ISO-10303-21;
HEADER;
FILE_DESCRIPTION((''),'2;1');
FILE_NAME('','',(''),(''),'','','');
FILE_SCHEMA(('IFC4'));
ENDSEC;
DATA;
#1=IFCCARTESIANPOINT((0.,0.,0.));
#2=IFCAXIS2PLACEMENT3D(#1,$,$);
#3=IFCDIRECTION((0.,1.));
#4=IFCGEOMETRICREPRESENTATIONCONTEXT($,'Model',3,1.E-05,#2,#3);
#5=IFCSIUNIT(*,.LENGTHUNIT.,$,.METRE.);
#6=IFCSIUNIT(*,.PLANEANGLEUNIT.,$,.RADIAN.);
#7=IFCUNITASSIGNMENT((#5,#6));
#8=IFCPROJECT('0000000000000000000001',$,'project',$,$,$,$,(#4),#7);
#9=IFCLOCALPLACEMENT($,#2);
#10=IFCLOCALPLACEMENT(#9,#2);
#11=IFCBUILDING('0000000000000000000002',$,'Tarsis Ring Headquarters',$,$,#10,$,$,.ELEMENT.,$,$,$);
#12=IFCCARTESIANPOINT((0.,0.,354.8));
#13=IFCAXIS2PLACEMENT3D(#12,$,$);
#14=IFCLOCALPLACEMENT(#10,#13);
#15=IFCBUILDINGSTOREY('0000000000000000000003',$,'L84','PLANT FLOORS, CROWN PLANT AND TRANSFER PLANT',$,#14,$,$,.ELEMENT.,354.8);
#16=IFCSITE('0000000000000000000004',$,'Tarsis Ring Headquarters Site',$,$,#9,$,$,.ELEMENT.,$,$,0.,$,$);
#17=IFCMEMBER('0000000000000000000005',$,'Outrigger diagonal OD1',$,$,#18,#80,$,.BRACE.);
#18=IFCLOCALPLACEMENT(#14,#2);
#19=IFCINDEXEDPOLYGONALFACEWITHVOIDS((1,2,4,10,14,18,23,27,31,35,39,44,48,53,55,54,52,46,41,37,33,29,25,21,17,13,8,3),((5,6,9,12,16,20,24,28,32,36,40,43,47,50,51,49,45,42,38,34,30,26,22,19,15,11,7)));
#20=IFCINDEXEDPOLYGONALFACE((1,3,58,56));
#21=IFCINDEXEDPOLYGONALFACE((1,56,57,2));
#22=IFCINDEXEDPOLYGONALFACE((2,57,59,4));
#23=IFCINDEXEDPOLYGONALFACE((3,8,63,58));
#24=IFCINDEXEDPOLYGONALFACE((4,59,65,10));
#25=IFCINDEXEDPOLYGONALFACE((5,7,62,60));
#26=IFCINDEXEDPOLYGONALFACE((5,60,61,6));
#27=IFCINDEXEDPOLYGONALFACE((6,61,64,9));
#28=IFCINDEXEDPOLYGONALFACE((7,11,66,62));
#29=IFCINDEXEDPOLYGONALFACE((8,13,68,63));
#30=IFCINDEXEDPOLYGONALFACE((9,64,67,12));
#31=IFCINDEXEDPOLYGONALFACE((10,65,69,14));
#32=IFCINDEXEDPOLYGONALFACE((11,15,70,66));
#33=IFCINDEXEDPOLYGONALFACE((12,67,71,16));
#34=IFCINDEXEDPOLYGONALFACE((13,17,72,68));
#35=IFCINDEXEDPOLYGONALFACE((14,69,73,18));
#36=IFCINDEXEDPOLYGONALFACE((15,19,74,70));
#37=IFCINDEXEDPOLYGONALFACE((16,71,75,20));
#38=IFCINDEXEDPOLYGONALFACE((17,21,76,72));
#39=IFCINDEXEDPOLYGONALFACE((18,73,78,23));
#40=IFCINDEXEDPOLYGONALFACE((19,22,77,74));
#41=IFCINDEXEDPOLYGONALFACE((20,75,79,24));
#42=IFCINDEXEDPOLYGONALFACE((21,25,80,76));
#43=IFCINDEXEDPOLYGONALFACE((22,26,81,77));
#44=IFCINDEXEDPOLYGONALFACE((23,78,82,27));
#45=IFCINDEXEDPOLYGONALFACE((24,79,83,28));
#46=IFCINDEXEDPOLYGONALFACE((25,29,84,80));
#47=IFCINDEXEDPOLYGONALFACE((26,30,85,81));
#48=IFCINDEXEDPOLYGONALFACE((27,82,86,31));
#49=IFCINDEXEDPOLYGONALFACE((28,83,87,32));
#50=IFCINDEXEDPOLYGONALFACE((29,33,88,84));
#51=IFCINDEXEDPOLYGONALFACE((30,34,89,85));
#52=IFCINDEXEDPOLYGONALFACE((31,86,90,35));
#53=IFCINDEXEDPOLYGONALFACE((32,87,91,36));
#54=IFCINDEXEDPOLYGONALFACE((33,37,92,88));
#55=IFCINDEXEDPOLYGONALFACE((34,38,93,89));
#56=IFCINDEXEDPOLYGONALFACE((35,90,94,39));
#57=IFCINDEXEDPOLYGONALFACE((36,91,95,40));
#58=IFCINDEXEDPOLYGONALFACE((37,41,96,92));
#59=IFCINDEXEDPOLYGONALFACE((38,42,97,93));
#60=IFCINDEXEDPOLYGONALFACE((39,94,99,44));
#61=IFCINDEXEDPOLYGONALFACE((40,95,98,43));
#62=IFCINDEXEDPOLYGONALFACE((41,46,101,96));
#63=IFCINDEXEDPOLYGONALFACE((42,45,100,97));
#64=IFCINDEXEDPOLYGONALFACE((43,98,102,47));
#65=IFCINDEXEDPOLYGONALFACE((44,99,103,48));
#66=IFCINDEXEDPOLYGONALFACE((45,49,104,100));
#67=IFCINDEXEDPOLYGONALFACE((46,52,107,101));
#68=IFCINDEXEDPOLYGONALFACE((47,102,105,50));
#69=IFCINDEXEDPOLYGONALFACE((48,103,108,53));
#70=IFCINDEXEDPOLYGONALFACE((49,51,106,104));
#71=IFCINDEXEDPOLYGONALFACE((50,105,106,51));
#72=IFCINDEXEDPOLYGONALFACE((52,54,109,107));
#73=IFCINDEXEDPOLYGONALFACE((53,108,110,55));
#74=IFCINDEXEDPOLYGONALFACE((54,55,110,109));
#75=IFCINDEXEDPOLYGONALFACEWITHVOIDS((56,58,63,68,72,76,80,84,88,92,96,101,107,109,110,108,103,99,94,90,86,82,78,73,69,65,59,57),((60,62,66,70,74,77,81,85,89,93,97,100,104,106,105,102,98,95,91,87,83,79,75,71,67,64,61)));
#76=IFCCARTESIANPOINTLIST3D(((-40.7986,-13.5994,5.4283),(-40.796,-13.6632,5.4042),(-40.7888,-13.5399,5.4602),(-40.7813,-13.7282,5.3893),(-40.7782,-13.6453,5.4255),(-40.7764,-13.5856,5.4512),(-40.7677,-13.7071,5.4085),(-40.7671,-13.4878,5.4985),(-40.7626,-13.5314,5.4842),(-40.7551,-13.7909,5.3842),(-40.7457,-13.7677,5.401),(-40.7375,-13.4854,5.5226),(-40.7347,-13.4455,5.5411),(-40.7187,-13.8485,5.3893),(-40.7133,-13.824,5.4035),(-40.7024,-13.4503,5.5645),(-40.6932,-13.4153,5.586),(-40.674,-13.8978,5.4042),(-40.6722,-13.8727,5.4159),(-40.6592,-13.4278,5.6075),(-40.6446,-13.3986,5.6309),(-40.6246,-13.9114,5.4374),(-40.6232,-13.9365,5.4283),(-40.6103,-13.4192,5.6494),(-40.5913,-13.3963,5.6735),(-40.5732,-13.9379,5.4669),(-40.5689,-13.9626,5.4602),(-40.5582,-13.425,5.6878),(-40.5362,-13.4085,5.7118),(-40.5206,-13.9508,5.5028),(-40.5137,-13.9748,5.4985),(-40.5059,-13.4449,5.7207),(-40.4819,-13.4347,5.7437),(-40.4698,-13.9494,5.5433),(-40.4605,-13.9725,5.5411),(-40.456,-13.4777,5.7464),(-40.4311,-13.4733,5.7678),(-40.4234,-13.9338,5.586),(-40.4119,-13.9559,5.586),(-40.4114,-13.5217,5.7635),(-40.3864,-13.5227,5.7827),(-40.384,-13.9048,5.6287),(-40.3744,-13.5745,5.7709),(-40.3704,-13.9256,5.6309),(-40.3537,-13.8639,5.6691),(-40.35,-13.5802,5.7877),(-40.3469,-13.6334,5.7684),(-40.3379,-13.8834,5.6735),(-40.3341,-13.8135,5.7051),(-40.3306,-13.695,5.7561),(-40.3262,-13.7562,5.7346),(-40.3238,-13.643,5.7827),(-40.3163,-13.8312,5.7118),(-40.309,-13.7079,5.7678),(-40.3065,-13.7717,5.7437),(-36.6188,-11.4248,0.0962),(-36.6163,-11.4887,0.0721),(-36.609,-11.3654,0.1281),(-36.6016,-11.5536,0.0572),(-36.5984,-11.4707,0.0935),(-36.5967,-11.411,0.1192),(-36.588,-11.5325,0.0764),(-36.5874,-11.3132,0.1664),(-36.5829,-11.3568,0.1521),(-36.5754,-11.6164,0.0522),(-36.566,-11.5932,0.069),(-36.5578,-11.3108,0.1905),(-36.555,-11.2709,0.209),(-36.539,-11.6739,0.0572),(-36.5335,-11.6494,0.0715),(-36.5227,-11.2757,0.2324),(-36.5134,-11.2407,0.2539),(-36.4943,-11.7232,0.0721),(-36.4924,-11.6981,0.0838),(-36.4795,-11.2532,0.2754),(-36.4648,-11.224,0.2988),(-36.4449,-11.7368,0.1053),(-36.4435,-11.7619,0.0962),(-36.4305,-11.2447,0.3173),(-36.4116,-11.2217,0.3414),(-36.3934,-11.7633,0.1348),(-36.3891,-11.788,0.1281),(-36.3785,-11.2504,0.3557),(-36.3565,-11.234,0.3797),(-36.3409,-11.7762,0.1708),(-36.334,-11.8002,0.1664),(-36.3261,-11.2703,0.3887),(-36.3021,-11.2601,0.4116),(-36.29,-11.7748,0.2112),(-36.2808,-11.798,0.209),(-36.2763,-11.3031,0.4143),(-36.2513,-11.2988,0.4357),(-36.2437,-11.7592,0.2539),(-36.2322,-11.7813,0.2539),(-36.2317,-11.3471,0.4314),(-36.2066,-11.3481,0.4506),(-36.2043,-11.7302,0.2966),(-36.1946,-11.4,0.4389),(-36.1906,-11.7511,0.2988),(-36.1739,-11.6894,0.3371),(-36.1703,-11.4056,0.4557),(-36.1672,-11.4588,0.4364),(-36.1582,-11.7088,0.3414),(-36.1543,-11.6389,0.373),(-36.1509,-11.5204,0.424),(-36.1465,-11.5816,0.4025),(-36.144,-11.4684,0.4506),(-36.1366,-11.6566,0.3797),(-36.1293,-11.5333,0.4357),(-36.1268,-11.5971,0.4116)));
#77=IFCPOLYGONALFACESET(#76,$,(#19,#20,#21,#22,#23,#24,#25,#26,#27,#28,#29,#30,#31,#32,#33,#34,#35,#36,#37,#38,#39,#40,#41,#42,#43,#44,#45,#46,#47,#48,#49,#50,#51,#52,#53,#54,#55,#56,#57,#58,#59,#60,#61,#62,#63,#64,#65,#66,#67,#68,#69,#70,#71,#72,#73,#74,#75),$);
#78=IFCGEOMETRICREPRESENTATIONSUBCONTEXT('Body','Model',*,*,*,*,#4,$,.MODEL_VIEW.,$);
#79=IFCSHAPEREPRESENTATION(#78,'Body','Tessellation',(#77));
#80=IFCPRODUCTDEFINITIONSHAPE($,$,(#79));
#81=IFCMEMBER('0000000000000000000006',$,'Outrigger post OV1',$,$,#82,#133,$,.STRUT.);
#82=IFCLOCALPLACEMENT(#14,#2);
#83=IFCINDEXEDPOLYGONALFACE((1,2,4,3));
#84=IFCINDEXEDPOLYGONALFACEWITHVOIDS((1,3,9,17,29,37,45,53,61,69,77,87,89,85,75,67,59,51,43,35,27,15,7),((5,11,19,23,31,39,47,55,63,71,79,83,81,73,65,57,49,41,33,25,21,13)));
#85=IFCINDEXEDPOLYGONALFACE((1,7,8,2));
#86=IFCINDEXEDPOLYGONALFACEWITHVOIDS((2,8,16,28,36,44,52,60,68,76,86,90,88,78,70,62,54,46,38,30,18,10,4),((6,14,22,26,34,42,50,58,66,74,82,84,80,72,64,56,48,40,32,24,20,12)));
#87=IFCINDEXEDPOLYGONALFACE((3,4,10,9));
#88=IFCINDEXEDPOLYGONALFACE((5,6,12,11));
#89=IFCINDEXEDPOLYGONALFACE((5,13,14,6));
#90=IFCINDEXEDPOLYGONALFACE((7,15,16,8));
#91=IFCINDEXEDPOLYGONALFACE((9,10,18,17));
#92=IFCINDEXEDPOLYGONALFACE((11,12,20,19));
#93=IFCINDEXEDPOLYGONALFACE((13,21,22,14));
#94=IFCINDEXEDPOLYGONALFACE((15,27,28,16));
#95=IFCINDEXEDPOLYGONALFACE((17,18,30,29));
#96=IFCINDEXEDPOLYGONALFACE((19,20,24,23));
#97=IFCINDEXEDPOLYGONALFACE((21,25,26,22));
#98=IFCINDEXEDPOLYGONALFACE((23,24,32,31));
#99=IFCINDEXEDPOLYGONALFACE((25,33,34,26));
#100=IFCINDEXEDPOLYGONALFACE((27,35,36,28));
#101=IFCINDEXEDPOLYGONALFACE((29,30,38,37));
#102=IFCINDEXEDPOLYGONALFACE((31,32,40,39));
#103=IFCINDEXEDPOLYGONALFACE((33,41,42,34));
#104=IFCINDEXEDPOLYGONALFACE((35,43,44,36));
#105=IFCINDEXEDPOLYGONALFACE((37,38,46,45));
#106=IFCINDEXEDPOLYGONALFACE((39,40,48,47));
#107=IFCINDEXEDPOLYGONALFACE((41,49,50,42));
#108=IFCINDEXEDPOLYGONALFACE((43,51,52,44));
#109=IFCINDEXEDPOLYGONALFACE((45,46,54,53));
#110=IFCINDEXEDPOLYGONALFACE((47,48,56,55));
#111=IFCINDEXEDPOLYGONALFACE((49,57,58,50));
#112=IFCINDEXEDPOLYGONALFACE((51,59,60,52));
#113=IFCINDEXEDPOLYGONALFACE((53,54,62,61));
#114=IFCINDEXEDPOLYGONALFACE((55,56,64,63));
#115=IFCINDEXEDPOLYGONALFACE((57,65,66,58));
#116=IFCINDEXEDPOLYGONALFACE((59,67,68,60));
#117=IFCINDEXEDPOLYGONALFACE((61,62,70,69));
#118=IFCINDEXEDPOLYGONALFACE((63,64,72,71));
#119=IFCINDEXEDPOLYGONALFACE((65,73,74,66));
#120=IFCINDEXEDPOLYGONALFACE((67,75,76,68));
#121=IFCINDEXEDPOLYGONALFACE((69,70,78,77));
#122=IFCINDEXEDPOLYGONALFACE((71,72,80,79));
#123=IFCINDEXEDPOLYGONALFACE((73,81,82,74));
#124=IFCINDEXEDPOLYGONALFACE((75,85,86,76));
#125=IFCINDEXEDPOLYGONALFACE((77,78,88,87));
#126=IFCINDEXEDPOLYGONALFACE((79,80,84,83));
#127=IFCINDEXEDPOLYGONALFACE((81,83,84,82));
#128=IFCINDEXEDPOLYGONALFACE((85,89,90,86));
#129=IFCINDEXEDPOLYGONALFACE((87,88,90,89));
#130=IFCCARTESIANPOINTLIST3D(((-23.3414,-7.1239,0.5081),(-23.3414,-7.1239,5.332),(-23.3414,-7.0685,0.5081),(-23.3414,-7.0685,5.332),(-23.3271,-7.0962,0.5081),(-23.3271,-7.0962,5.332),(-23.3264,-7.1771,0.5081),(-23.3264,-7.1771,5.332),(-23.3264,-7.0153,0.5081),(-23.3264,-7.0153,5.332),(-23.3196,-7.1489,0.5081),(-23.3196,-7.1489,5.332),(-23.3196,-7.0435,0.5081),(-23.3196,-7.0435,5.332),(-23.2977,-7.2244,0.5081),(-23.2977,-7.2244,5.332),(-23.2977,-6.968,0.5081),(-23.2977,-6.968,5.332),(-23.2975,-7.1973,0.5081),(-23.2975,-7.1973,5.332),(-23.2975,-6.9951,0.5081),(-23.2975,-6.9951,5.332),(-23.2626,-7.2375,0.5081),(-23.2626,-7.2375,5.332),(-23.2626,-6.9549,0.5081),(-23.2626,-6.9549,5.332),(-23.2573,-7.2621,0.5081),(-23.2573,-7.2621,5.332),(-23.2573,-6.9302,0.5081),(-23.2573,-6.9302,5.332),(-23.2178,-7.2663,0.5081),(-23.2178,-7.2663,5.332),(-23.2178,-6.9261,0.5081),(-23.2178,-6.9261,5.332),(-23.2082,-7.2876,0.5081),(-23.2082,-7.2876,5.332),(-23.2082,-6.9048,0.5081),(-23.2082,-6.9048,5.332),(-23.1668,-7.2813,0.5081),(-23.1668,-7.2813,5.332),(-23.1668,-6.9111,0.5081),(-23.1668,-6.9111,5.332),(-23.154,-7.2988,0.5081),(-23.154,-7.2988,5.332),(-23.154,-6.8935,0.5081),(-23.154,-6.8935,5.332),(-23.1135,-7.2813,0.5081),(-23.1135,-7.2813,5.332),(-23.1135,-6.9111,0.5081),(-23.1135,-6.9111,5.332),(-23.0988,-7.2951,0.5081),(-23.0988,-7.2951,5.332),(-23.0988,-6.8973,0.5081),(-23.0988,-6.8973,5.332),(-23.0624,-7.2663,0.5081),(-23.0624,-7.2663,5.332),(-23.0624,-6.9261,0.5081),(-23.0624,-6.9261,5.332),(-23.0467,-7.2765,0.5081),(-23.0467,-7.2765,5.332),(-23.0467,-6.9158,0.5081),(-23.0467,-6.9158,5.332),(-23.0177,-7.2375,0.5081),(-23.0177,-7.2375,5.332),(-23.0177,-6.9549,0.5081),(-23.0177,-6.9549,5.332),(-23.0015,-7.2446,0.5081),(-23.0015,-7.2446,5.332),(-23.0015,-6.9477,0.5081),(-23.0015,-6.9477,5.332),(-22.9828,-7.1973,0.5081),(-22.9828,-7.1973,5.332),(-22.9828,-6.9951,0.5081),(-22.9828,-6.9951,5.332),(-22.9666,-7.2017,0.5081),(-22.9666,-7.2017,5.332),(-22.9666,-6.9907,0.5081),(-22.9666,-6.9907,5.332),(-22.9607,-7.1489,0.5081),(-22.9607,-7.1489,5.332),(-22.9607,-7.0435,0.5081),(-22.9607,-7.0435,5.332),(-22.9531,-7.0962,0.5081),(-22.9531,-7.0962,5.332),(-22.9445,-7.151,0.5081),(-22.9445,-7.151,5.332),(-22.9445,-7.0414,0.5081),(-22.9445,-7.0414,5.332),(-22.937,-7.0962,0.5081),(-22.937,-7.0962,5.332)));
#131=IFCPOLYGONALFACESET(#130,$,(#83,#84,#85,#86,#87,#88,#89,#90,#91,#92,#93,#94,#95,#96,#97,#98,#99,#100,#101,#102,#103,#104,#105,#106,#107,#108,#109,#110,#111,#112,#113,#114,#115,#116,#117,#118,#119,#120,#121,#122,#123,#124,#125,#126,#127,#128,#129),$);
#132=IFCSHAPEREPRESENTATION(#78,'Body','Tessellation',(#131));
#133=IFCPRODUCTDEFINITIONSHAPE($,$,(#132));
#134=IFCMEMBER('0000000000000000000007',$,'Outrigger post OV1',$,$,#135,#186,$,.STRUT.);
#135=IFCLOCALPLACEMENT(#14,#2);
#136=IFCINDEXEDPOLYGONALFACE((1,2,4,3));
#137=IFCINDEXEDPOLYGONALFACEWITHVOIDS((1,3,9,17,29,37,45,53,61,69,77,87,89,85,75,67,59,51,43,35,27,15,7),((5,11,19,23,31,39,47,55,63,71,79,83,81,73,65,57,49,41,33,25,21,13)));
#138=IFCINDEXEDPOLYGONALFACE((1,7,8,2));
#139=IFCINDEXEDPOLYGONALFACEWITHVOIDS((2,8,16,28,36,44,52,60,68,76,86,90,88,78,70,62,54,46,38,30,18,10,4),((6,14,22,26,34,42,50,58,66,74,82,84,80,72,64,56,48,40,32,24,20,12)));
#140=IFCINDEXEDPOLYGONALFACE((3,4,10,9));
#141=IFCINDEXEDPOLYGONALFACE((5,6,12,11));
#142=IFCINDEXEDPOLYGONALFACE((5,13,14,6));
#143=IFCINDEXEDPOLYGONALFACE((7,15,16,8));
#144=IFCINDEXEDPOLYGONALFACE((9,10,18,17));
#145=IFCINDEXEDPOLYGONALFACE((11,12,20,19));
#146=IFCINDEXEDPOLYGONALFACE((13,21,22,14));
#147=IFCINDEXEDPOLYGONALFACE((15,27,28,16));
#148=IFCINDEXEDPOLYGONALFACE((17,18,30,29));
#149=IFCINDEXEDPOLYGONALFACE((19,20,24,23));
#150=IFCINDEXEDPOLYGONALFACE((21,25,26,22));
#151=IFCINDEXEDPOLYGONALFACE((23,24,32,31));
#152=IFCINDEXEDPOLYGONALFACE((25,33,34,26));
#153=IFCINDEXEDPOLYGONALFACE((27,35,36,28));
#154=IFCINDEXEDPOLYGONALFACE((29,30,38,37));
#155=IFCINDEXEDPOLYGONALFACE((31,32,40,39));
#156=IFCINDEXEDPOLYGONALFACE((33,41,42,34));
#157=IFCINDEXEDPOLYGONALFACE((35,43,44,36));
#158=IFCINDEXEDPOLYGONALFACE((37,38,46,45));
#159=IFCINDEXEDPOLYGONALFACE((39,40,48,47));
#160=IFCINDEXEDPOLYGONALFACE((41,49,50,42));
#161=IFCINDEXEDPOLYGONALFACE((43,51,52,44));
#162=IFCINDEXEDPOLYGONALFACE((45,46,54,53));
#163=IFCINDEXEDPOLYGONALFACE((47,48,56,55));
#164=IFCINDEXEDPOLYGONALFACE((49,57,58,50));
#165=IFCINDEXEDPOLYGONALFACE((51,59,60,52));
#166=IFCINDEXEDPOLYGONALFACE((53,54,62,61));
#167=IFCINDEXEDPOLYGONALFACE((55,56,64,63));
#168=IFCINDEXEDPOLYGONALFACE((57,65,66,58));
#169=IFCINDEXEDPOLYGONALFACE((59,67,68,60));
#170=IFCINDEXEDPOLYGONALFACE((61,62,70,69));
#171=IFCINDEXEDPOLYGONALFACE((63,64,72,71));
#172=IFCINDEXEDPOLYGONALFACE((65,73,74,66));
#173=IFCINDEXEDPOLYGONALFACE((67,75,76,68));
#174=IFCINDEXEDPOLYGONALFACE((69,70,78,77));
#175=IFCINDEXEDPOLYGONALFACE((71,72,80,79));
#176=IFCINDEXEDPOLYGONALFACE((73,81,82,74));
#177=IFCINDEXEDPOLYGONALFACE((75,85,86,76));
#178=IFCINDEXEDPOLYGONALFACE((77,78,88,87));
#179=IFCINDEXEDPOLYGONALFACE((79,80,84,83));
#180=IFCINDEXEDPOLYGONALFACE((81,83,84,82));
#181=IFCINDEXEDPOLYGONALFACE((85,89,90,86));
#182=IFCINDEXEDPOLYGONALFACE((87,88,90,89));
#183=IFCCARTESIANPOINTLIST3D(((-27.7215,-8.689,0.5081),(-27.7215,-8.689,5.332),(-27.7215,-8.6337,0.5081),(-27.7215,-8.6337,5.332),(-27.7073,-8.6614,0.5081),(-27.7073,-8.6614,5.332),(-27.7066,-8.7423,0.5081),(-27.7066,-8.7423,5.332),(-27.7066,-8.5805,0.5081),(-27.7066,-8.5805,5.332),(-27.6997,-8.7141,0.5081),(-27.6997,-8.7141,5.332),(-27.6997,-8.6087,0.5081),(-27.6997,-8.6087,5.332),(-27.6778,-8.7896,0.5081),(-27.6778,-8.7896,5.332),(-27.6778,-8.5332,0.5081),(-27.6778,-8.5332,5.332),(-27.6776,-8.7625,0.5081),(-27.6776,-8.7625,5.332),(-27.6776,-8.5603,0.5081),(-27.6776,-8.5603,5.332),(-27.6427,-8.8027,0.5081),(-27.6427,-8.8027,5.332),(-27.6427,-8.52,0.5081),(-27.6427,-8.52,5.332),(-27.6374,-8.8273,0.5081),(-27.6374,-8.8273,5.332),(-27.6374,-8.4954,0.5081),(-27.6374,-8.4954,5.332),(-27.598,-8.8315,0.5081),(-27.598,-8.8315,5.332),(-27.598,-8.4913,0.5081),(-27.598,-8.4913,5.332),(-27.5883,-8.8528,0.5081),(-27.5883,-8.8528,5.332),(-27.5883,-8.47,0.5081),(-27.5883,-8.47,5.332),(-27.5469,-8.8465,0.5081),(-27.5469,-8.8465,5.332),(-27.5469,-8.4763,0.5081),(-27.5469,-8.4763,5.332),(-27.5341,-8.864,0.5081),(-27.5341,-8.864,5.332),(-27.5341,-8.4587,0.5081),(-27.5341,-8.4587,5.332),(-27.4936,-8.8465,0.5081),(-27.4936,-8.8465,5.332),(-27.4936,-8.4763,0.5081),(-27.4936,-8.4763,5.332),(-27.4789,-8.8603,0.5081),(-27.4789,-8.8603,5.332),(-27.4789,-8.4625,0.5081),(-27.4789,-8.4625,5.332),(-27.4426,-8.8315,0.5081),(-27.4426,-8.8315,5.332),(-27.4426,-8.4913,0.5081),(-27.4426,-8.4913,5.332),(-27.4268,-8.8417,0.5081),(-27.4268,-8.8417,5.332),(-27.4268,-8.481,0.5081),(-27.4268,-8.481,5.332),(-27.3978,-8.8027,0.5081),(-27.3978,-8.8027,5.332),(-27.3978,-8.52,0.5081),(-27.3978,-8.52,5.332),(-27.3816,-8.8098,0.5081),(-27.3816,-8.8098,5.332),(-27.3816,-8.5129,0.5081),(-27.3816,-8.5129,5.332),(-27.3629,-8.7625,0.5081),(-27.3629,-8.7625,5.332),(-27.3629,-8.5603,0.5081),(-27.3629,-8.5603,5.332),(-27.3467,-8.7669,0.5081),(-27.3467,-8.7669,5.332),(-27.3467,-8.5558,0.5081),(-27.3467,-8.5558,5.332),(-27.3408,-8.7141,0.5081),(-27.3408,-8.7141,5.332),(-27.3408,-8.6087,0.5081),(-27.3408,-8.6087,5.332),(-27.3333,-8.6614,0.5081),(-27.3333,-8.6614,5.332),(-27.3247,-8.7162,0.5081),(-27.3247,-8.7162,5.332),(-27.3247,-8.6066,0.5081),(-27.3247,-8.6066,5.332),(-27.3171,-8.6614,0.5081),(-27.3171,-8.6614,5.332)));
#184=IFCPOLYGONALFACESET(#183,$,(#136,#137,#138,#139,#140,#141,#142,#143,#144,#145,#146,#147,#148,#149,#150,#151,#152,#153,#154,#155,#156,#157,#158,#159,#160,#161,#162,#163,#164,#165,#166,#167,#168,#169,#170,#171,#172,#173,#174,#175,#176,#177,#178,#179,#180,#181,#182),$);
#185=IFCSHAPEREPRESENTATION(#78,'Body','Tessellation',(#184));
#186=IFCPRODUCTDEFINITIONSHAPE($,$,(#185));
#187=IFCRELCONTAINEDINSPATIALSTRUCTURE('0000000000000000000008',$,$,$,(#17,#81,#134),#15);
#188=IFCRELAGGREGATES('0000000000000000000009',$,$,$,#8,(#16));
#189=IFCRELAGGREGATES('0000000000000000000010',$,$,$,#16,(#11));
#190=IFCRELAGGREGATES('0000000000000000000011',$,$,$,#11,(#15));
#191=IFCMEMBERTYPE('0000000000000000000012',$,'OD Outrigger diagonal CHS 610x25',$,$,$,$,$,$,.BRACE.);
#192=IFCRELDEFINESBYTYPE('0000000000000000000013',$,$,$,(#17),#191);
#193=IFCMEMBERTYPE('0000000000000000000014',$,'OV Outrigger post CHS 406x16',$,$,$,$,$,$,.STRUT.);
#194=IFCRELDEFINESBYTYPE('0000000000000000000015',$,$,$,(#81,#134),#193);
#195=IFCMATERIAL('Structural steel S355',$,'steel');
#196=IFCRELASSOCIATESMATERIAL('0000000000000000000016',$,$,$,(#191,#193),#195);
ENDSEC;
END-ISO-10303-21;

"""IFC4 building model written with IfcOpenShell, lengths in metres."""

from ifc_helpers import new_model, si_unit, direction, frame, origin, origin_2d, place, context, subcontext, project, spatial, hollow_circle, extrude, material, material_profile, profile_set, type_object, element, save


model = new_model("IFC4")

# Units and contexts
model_context = context("Model", 3, precision=1e-05, world=origin(), true_north=direction((0.0, 1.0)))
body_context = subcontext(model_context, "Body", "Model", "MODEL_VIEW")
ifc_project = project(units=[si_unit("LENGTHUNIT", "METRE"), si_unit("PLANEANGLEUNIT", "RADIAN")], contexts=[model_context])

# Site, building, storey
site_placement = place(None, origin())
site = spatial("IfcSite", under=ifc_project, at=site_placement, Name="Tarsis Ring Headquarters Site", CompositionType="ELEMENT", RefElevation=0.0)
building_placement = place(site_placement, origin())
building = spatial("IfcBuilding", under=site, at=building_placement, Name="Tarsis Ring Headquarters", CompositionType="ELEMENT")
storey_placement = place(building_placement, frame((0.0, 0.0, 354.8)))
storey = spatial("IfcBuildingStorey", under=building, at=storey_placement, Name="L84", Description="PLANT FLOORS, CROWN PLANT AND TRANSFER PLANT", CompositionType="ELEMENT", Elevation=354.8)

# Members
ifc_material_1 = material(Name="Structural steel S355", Category="steel")
ifc_material_profile_1 = material_profile(ifc_material_1, hollow_circle(Radius=0.3047, WallThickness=0.0249, at=origin_2d()), Name="CHS 610x25")
ifc_profile_set_1 = profile_set([ifc_material_profile_1], Name="Structural steel S355")
member_type_1 = type_object("IfcMemberType", Name="OD Outrigger diagonal CHS 610x25", PredefinedType="BRACE", material=ifc_profile_set_1)
member_1_placement = place(storey_placement, frame((-36.3728, -11.511, 0.2539), z_axis=(-0.587413, -0.305613, 0.749364), x_axis=(0.46154, -0.887119, 0.0)))
element("IfcMember", 1, at=member_1_placement, inside=storey, type_object=member_type_1, Name="Outrigger diagonal OD1", PredefinedType="BRACE", context=body_context, shape_type="SweptSolid", body=[
    extrude(hollow_circle(Radius=0.3047, WallThickness=0.0249, at=origin_2d()), origin(), (0.0, 0.0, 1.0), 7.1155),
])
ifc_material_profile_2 = material_profile(ifc_material_1, hollow_circle(Radius=0.2031, WallThickness=0.0161, at=origin_2d()), Name="CHS 406x16")
ifc_profile_set_2 = profile_set([ifc_material_profile_2], Name="Structural steel S355")
member_type_2 = type_object("IfcMemberType", Name="OV Outrigger post CHS 406x16", PredefinedType="STRUT", material=ifc_profile_set_2)
for number, where, z_axis, x_axis, name in (
    (2, (-23.1401, -7.0962, 0.5081), (0.0, 0.0, 1.0), (1.0, 0.0, 0.0), "Outrigger post OV1"),
    (3, (-27.5203, -8.6614, 0.5081), (0.0, 0.0, 1.0), (1.0, 0.0, 0.0), "Outrigger post OV1"),
):
    element("IfcMember", number, at=place(storey_placement, frame(where, z_axis=z_axis, x_axis=x_axis)), inside=storey, type_object=member_type_2, Name=name, PredefinedType="STRUT", context=body_context, shape_type="SweptSolid", body=[
        extrude(hollow_circle(Radius=0.2031, WallThickness=0.0161, at=origin_2d()), origin(), (0.0, 0.0, 1.0), 4.824),
    ])

save(model, "model.ifc")
